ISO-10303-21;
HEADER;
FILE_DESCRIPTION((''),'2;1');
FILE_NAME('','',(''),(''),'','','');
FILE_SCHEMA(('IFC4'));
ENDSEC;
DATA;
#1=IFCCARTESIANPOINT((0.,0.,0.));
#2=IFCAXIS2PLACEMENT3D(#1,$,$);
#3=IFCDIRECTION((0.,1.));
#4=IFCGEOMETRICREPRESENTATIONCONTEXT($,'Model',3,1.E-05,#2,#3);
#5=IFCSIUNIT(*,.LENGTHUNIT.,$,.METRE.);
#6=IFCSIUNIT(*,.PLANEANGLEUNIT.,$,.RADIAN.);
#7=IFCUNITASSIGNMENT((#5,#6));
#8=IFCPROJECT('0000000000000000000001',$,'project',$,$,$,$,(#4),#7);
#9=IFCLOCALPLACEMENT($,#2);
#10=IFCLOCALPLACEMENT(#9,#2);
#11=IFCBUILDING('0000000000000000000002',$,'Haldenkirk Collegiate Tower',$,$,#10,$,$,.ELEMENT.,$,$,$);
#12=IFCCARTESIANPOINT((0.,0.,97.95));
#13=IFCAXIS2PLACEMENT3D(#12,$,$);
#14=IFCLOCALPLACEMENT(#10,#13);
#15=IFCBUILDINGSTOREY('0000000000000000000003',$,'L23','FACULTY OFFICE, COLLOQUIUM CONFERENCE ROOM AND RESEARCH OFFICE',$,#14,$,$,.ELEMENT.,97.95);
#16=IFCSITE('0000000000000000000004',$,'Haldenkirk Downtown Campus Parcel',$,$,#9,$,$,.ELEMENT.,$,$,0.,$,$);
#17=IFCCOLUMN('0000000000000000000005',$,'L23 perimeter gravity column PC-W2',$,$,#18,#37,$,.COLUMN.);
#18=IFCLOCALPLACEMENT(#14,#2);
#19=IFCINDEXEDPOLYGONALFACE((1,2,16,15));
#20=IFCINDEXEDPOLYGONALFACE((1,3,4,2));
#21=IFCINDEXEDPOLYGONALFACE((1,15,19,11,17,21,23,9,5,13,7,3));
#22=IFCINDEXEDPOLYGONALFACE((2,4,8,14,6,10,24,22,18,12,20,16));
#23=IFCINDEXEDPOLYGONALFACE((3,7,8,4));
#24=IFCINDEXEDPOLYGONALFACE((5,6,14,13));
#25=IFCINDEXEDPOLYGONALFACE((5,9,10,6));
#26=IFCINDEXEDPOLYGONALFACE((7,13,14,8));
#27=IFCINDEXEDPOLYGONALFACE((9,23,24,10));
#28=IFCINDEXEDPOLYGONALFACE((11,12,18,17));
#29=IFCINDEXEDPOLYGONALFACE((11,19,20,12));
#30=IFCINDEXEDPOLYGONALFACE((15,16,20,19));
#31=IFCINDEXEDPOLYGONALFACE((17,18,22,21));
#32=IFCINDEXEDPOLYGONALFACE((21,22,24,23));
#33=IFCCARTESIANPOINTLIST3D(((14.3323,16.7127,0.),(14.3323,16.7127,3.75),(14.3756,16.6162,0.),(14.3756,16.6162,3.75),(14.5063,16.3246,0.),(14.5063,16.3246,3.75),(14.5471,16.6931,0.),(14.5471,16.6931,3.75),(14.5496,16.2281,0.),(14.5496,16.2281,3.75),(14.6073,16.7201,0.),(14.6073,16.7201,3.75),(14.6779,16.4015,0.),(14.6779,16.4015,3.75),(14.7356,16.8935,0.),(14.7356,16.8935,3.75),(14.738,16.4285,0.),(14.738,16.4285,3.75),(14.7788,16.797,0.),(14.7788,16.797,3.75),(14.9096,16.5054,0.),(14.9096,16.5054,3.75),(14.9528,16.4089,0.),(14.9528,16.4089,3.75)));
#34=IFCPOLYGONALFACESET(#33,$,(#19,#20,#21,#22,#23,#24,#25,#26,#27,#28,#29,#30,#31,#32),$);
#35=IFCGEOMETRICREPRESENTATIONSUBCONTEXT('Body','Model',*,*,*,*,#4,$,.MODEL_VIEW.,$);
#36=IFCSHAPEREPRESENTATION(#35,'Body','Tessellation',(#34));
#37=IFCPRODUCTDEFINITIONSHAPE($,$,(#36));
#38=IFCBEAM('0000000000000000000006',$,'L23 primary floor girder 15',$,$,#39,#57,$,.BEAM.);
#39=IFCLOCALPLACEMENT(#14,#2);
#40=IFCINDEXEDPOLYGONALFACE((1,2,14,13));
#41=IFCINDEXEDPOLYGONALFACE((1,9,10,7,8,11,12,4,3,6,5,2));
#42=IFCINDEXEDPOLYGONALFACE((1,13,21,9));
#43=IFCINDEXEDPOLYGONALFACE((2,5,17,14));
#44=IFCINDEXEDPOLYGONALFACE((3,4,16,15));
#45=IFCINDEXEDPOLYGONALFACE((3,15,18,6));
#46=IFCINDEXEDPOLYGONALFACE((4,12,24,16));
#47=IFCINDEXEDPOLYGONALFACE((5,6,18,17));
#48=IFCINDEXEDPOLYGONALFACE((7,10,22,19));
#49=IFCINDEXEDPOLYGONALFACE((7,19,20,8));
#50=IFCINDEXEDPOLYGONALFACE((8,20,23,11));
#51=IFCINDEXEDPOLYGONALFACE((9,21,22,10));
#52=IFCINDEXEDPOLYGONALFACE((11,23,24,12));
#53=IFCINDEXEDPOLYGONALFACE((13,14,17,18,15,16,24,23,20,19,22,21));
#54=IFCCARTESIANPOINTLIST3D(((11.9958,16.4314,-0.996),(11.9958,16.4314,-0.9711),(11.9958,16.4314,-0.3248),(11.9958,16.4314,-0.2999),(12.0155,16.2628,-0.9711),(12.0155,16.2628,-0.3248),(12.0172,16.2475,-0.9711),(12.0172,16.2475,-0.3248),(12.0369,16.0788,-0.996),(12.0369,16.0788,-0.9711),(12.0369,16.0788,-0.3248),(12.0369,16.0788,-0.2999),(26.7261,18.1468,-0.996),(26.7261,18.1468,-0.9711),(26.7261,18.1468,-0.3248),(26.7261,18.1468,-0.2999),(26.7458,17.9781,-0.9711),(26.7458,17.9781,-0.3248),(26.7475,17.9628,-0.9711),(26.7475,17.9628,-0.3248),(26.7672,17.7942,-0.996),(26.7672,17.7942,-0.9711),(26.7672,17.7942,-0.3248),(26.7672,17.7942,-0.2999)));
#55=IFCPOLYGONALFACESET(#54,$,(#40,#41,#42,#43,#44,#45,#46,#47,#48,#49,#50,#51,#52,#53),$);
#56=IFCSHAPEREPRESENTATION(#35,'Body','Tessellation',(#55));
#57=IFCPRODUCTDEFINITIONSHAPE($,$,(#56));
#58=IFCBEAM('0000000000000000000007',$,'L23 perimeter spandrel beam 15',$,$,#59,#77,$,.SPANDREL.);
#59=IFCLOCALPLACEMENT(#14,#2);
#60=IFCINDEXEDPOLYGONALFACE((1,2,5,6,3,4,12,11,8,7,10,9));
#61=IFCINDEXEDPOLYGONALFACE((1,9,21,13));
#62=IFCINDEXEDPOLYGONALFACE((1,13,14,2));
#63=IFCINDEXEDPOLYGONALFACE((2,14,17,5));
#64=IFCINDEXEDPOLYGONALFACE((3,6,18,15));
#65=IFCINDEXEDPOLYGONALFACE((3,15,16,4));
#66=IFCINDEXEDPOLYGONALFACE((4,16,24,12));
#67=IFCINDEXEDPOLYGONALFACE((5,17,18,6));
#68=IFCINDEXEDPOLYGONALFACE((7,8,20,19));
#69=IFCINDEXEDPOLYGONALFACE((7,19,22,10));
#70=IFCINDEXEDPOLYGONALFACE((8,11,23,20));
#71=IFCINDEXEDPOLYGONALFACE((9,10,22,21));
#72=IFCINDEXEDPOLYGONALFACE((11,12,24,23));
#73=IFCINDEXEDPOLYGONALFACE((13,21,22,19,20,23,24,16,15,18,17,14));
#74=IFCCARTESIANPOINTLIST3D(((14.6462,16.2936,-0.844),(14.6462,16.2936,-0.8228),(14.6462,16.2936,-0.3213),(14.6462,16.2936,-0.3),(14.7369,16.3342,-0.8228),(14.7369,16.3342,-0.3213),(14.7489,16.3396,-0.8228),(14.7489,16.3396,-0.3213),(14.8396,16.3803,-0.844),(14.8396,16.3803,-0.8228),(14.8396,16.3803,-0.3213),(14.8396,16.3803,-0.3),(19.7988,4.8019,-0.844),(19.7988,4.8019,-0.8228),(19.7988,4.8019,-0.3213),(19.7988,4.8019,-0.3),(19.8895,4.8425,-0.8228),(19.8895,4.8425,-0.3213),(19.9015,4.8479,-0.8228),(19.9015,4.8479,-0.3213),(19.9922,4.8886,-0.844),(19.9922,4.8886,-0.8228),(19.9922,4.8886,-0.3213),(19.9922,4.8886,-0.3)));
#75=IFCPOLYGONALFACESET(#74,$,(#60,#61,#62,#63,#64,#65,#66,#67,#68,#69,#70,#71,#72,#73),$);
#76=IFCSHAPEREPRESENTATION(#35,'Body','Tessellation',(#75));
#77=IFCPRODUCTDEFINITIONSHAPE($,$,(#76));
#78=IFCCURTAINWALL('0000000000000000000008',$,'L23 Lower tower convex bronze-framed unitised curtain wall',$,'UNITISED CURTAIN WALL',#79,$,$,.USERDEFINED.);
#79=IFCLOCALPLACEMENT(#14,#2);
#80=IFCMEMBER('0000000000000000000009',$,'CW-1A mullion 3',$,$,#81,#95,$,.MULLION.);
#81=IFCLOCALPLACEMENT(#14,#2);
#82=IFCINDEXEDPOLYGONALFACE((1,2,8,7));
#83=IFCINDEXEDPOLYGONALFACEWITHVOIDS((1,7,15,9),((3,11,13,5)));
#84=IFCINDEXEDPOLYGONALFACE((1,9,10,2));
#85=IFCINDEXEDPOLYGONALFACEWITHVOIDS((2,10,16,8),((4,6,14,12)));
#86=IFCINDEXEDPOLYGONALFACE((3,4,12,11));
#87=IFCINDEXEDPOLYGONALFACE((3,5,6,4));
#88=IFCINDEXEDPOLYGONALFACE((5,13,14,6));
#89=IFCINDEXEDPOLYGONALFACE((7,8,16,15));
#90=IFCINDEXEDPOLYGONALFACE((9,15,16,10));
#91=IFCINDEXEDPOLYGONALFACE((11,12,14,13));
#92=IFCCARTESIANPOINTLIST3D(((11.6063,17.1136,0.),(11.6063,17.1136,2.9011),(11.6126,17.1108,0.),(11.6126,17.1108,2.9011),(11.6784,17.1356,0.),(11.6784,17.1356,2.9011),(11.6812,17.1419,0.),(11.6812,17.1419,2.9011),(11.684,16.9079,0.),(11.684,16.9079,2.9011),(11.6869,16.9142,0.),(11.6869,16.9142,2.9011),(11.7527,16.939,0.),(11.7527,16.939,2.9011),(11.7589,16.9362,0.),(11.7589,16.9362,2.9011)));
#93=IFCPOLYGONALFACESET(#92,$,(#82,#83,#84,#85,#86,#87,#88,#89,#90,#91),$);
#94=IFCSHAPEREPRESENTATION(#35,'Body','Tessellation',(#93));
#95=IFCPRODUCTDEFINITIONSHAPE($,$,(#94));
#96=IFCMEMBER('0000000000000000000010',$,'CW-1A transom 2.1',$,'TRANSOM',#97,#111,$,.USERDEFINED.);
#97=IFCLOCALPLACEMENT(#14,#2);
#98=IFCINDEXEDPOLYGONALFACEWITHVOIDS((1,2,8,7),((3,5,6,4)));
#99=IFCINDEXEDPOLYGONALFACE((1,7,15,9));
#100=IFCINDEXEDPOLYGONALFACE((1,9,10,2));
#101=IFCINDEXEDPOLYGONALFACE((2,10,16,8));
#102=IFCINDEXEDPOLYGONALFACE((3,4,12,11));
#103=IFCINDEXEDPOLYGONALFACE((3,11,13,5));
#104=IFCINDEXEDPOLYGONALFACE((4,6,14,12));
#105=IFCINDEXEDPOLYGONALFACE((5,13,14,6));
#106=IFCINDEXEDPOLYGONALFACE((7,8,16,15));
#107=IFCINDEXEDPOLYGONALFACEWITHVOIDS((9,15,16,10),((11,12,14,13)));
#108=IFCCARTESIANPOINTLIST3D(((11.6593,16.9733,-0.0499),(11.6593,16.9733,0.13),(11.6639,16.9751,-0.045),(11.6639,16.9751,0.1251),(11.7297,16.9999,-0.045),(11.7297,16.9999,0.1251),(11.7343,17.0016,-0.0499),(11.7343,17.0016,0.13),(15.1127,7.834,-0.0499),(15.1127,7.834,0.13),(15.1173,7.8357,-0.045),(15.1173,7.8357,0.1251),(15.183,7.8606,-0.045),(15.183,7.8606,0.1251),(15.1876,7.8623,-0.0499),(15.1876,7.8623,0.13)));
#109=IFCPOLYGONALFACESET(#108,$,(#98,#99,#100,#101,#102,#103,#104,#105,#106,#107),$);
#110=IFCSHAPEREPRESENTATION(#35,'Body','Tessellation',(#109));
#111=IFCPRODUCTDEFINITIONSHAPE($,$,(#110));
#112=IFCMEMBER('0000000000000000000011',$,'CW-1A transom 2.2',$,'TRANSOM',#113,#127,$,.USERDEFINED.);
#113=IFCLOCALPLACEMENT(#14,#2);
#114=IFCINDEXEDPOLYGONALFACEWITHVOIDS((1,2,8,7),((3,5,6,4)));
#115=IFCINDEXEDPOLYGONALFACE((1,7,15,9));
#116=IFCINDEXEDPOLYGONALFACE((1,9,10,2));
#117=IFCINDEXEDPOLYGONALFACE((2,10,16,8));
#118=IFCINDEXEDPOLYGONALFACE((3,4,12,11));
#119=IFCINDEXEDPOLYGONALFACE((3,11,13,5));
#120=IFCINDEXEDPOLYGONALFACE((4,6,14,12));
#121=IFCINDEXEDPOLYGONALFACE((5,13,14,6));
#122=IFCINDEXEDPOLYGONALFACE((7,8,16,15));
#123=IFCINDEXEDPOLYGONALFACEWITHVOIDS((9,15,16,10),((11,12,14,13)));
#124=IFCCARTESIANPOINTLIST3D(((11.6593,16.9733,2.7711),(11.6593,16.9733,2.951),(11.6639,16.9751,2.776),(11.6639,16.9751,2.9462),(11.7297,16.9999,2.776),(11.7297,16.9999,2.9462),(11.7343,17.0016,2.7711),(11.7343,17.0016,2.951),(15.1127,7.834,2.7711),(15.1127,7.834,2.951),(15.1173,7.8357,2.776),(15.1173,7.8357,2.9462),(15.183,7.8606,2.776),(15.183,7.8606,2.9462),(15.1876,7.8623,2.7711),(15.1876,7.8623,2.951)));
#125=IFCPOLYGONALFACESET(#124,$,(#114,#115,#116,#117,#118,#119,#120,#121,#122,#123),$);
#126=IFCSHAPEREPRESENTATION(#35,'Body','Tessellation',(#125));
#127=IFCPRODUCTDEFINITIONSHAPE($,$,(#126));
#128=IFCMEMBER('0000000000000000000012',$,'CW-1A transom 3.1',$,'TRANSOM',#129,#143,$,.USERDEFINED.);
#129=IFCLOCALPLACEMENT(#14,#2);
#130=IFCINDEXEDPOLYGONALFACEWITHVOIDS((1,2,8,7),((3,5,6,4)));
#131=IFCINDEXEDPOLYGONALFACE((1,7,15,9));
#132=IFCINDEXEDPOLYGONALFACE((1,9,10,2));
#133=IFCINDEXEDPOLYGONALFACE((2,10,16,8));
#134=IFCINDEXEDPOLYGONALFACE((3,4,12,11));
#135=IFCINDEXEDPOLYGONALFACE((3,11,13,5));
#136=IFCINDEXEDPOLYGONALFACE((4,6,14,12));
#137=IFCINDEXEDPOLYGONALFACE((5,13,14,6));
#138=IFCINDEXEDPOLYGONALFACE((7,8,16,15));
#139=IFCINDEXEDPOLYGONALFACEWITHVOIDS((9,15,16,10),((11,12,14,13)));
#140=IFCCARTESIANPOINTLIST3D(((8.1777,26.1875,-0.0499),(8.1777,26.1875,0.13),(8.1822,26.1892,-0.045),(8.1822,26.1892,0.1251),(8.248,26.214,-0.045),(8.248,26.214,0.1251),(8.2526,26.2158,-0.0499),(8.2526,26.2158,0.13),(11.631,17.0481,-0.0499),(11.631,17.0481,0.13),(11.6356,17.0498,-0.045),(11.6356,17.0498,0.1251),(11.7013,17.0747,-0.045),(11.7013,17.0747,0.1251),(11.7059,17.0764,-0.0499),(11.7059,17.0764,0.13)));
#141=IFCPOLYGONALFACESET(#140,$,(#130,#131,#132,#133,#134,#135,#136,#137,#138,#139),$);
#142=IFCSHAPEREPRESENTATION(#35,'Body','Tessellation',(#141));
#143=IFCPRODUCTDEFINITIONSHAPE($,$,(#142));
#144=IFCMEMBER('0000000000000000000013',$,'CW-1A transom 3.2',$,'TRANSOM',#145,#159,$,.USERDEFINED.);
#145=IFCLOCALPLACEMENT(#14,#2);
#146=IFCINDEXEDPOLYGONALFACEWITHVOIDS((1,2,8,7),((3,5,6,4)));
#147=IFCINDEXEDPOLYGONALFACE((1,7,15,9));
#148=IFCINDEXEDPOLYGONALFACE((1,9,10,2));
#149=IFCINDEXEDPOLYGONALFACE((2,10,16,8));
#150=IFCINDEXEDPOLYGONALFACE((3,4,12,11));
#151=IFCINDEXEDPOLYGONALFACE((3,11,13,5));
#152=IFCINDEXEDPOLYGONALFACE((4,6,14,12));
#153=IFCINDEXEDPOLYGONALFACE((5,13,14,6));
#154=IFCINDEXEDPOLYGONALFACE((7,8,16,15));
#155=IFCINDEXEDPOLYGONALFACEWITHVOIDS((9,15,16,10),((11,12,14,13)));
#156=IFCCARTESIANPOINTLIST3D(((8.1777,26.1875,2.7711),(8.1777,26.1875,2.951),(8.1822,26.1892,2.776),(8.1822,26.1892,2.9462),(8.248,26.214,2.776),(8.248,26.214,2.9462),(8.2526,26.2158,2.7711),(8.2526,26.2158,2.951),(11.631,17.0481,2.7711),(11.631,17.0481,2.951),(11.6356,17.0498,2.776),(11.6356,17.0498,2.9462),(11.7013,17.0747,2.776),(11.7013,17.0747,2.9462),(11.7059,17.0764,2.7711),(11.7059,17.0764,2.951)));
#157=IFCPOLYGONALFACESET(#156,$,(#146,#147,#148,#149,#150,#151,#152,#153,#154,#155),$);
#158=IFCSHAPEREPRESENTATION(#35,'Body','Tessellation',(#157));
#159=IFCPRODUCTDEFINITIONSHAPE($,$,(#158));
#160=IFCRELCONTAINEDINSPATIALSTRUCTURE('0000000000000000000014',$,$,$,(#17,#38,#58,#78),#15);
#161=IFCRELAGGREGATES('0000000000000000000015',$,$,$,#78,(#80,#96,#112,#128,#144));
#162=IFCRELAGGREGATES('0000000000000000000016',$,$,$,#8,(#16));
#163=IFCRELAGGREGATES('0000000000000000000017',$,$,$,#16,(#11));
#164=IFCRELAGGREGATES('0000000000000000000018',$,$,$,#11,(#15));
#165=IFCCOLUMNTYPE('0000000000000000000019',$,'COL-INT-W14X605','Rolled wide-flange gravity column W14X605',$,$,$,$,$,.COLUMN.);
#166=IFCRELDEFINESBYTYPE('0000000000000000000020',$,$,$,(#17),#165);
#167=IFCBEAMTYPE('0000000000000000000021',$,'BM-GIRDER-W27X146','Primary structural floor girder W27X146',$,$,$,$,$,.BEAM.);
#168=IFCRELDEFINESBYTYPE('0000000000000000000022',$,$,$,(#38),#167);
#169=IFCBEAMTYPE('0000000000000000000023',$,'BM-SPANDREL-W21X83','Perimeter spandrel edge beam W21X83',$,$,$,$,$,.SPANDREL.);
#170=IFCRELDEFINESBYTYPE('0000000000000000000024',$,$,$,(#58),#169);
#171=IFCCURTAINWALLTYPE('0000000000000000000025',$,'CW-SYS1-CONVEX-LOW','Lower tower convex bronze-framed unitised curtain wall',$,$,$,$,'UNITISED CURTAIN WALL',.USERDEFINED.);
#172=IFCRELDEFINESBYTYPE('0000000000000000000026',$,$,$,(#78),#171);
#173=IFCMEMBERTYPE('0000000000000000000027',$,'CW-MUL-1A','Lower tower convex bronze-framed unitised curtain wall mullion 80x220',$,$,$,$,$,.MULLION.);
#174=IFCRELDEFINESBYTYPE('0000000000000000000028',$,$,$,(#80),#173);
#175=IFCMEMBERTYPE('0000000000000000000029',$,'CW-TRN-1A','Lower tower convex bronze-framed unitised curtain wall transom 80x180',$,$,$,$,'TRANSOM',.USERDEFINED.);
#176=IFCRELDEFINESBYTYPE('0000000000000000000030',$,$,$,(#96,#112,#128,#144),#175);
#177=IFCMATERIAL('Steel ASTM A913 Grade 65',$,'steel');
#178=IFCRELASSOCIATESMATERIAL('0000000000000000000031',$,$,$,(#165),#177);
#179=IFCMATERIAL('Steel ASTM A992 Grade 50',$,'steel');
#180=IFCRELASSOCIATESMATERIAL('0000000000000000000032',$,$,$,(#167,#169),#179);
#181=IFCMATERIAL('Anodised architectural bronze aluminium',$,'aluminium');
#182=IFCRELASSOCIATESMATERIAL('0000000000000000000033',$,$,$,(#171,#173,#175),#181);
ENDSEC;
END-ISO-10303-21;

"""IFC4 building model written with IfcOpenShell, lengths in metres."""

from ifc_helpers import new_model, si_unit, direction, frame, origin, origin_2d, place, context, subcontext, project, spatial, hollow_rectangle, i_section, extrude, material, material_profile, profile_set, type_object, element, aggregate, save


model = new_model("IFC4")

# Units and contexts
model_context = context("Model", 3, precision=1e-05, world=origin(), true_north=direction((0.0, 1.0)))
body_context = subcontext(model_context, "Body", "Model", "MODEL_VIEW")
ifc_project = project(units=[si_unit("LENGTHUNIT", "METRE"), si_unit("PLANEANGLEUNIT", "RADIAN")], contexts=[model_context])

# Site, building, storey
site_placement = place(None, origin())
site = spatial("IfcSite", under=ifc_project, at=site_placement, Name="Haldenkirk Downtown Campus Parcel", CompositionType="ELEMENT", RefElevation=0.0)
building_placement = place(site_placement, origin())
building = spatial("IfcBuilding", under=site, at=building_placement, Name="Haldenkirk Collegiate Tower", CompositionType="ELEMENT")
storey_placement = place(building_placement, frame((0.0, 0.0, 97.95)))
storey = spatial("IfcBuildingStorey", under=building, at=storey_placement, Name="L23", Description="FACULTY OFFICE, COLLOQUIUM CONFERENCE ROOM AND RESEARCH OFFICE", CompositionType="ELEMENT", Elevation=97.95)

# Column
ifc_material_1 = material(Name="Steel ASTM A913 Grade 65", Category="steel")
ifc_material_profile_1 = material_profile(ifc_material_1, i_section(OverallWidth=0.4419, OverallDepth=0.531, WebThickness=0.0659, FlangeThickness=0.1057, at=origin_2d()), Name="W14X605")
ifc_profile_set_1 = profile_set([ifc_material_profile_1], Name="Steel ASTM A913 Grade 65")
column_type = type_object("IfcColumnType", Name="COL-INT-W14X605", Description="Rolled wide-flange gravity column W14X605", PredefinedType="COLUMN", material=ifc_profile_set_1)
column_placement = place(storey_placement, frame((14.6426, 16.5608, 0.0), z_axis=(0.0, 0.0, 1.0), x_axis=(0.912477, 0.409127, 0.0)))
element("IfcColumn", 1, at=column_placement, inside=storey, type_object=column_type, Name="L23 perimeter gravity column PC-W2", PredefinedType="COLUMN", context=body_context, shape_type="SweptSolid", body=[
    extrude(i_section(OverallWidth=0.4419, OverallDepth=0.531, WebThickness=0.0659, FlangeThickness=0.1057, at=origin_2d()), origin(), (0.0, 0.0, 1.0), 3.75),
])

# Beams
ifc_material_2 = material(Name="Steel ASTM A992 Grade 50", Category="steel")
ifc_material_profile_2 = material_profile(ifc_material_2, i_section(OverallWidth=0.355, OverallDepth=0.696, WebThickness=0.0154, FlangeThickness=0.0249, at=origin_2d()), Name="W27X146")
ifc_profile_set_2 = profile_set([ifc_material_profile_2], Name="Steel ASTM A992 Grade 50")
beam_type_1 = type_object("IfcBeamType", Name="BM-GIRDER-W27X146", Description="Primary structural floor girder W27X146", PredefinedType="BEAM", material=ifc_profile_set_2)
beam_1_placement = place(storey_placement, frame((12.0164, 16.2551, -0.6479), z_axis=(0.993288, 0.115668, 0.0), x_axis=(-0.115668, 0.993288, 0.0)))
element("IfcBeam", 2, at=beam_1_placement, inside=storey, type_object=beam_type_1, Name="L23 primary floor girder 15", PredefinedType="BEAM", context=body_context, shape_type="SweptSolid", body=[
    extrude(i_section(OverallWidth=0.355, OverallDepth=0.696, WebThickness=0.0154, FlangeThickness=0.0249, at=origin_2d()), origin(), (0.0, 0.0, 1.0), 14.8298),
])
ifc_material_profile_3 = material_profile(ifc_material_2, i_section(OverallWidth=0.2119, OverallDepth=0.5439, WebThickness=0.0132, FlangeThickness=0.0212, at=origin_2d()), Name="W21X83")
ifc_profile_set_3 = profile_set([ifc_material_profile_3], Name="Steel ASTM A992 Grade 50")
beam_type_2 = type_object("IfcBeamType", Name="BM-SPANDREL-W21X83", Description="Perimeter spandrel edge beam W21X83", PredefinedType="SPANDREL", material=ifc_profile_set_3)
beam_2_placement = place(storey_placement, frame((14.7429, 16.3369, -0.572), z_axis=(0.409131, -0.912476, 0.0), x_axis=(0.912476, 0.409131, 0.0)))
element("IfcBeam", 3, at=beam_2_placement, inside=storey, type_object=beam_type_2, Name="L23 perimeter spandrel beam 15", PredefinedType="SPANDREL", context=body_context, shape_type="SweptSolid", body=[
    extrude(i_section(OverallWidth=0.2119, OverallDepth=0.5439, WebThickness=0.0132, FlangeThickness=0.0212, at=origin_2d()), origin(), (0.0, 0.0, 1.0), 12.594),
])

# Curtain wall, members
ifc_material_3 = material(Name="Anodised architectural bronze aluminium", Category="aluminium")
curtain_wall_type = type_object("IfcCurtainWallType", Name="CW-SYS1-CONVEX-LOW", Description="Lower tower convex bronze-framed unitised curtain wall", ElementType="UNITISED CURTAIN WALL", PredefinedType="USERDEFINED", material=ifc_material_3)
curtain_wall_placement = place(storey_placement, origin())
curtain_wall = element("IfcCurtainWall", 4, at=curtain_wall_placement, inside=storey, type_object=curtain_wall_type, Name="L23 Lower tower convex bronze-framed unitised curtain wall", ObjectType="UNITISED CURTAIN WALL", PredefinedType="USERDEFINED")
ifc_material_profile_4 = material_profile(ifc_material_3, hollow_rectangle(XDim=0.0801, YDim=0.22, WallThickness=0.0049, at=origin_2d()), Name="CW-MUL-1A")
ifc_profile_set_4 = profile_set([ifc_material_profile_4], Name="Anodised architectural bronze aluminium")
member_type_1 = type_object("IfcMemberType", Name="CW-MUL-1A", Description="Lower tower convex bronze-framed unitised curtain wall mullion 80x220", PredefinedType="MULLION", material=ifc_profile_set_4)
member_1_placement = place(storey_placement, frame((11.6826, 17.0249, 0.0), z_axis=(0.0, 0.0, 1.0), x_axis=(-0.935443, -0.353477, 0.0)))
member_1 = element("IfcMember", 5, at=member_1_placement, type_object=member_type_1, Name="CW-1A mullion 3", PredefinedType="MULLION", context=body_context, shape_type="SweptSolid", body=[
    extrude(hollow_rectangle(XDim=0.0801, YDim=0.22, WallThickness=0.0049, at=origin_2d()), origin(), (0.0, 0.0, 1.0), 2.9011),
])
ifc_material_profile_5 = material_profile(ifc_material_3, hollow_rectangle(XDim=0.0801, YDim=0.1799, WallThickness=0.0049, at=origin_2d()), Name="CW-TRN-1A")
ifc_profile_set_5 = profile_set([ifc_material_profile_5], Name="Anodised architectural bronze aluminium")
member_type_2 = type_object("IfcMemberType", Name="CW-TRN-1A", Description="Lower tower convex bronze-framed unitised curtain wall transom 80x180", ElementType="TRANSOM", PredefinedType="USERDEFINED", material=ifc_profile_set_5)
member_2_placement = place(storey_placement, frame((15.1501, 7.8481, 0.04), z_axis=(-0.353464, 0.935448, 0.0), x_axis=(-0.935448, -0.353464, 0.0)))
member_2 = element("IfcMember", 6, at=member_2_placement, type_object=member_type_2, Name="CW-1A transom 2.1", ObjectType="TRANSOM", PredefinedType="USERDEFINED", context=body_context, shape_type="SweptSolid", body=[
    extrude(hollow_rectangle(XDim=0.0801, YDim=0.1799, WallThickness=0.0049, at=origin_2d()), origin(), (0.0, 0.0, 1.0), 9.77),
])
member_3_placement = place(storey_placement, frame((15.1501, 7.8481, 2.8611), z_axis=(-0.353464, 0.935448, 0.0), x_axis=(-0.935448, -0.353464, 0.0)))
member_3 = element("IfcMember", 7, at=member_3_placement, type_object=member_type_2, Name="CW-1A transom 2.2", ObjectType="TRANSOM", PredefinedType="USERDEFINED", context=body_context, shape_type="SweptSolid", body=[
    extrude(hollow_rectangle(XDim=0.0801, YDim=0.1799, WallThickness=0.0049, at=origin_2d()), origin(), (0.0, 0.0, 1.0), 9.77),
])
member_4_placement = place(storey_placement, frame((11.6685, 17.0623, 0.04), z_axis=(-0.353464, 0.935448, 0.0), x_axis=(-0.935448, -0.353464, 0.0)))
member_4 = element("IfcMember", 8, at=member_4_placement, type_object=member_type_2, Name="CW-1A transom 3.1", ObjectType="TRANSOM", PredefinedType="USERDEFINED", context=body_context, shape_type="SweptSolid", body=[
    extrude(hollow_rectangle(XDim=0.0801, YDim=0.1799, WallThickness=0.0049, at=origin_2d()), origin(), (0.0, 0.0, 1.0), 9.77),
])
member_5_placement = place(storey_placement, frame((11.6685, 17.0623, 2.8611), z_axis=(-0.353464, 0.935448, 0.0), x_axis=(-0.935448, -0.353464, 0.0)))
member_5 = element("IfcMember", 9, at=member_5_placement, type_object=member_type_2, Name="CW-1A transom 3.2", ObjectType="TRANSOM", PredefinedType="USERDEFINED", context=body_context, shape_type="SweptSolid", body=[
    extrude(hollow_rectangle(XDim=0.0801, YDim=0.1799, WallThickness=0.0049, at=origin_2d()), origin(), (0.0, 0.0, 1.0), 9.77),
])

aggregate(curtain_wall, [member_1, member_2, member_3, member_4, member_5])

save(model, "model.ifc")
